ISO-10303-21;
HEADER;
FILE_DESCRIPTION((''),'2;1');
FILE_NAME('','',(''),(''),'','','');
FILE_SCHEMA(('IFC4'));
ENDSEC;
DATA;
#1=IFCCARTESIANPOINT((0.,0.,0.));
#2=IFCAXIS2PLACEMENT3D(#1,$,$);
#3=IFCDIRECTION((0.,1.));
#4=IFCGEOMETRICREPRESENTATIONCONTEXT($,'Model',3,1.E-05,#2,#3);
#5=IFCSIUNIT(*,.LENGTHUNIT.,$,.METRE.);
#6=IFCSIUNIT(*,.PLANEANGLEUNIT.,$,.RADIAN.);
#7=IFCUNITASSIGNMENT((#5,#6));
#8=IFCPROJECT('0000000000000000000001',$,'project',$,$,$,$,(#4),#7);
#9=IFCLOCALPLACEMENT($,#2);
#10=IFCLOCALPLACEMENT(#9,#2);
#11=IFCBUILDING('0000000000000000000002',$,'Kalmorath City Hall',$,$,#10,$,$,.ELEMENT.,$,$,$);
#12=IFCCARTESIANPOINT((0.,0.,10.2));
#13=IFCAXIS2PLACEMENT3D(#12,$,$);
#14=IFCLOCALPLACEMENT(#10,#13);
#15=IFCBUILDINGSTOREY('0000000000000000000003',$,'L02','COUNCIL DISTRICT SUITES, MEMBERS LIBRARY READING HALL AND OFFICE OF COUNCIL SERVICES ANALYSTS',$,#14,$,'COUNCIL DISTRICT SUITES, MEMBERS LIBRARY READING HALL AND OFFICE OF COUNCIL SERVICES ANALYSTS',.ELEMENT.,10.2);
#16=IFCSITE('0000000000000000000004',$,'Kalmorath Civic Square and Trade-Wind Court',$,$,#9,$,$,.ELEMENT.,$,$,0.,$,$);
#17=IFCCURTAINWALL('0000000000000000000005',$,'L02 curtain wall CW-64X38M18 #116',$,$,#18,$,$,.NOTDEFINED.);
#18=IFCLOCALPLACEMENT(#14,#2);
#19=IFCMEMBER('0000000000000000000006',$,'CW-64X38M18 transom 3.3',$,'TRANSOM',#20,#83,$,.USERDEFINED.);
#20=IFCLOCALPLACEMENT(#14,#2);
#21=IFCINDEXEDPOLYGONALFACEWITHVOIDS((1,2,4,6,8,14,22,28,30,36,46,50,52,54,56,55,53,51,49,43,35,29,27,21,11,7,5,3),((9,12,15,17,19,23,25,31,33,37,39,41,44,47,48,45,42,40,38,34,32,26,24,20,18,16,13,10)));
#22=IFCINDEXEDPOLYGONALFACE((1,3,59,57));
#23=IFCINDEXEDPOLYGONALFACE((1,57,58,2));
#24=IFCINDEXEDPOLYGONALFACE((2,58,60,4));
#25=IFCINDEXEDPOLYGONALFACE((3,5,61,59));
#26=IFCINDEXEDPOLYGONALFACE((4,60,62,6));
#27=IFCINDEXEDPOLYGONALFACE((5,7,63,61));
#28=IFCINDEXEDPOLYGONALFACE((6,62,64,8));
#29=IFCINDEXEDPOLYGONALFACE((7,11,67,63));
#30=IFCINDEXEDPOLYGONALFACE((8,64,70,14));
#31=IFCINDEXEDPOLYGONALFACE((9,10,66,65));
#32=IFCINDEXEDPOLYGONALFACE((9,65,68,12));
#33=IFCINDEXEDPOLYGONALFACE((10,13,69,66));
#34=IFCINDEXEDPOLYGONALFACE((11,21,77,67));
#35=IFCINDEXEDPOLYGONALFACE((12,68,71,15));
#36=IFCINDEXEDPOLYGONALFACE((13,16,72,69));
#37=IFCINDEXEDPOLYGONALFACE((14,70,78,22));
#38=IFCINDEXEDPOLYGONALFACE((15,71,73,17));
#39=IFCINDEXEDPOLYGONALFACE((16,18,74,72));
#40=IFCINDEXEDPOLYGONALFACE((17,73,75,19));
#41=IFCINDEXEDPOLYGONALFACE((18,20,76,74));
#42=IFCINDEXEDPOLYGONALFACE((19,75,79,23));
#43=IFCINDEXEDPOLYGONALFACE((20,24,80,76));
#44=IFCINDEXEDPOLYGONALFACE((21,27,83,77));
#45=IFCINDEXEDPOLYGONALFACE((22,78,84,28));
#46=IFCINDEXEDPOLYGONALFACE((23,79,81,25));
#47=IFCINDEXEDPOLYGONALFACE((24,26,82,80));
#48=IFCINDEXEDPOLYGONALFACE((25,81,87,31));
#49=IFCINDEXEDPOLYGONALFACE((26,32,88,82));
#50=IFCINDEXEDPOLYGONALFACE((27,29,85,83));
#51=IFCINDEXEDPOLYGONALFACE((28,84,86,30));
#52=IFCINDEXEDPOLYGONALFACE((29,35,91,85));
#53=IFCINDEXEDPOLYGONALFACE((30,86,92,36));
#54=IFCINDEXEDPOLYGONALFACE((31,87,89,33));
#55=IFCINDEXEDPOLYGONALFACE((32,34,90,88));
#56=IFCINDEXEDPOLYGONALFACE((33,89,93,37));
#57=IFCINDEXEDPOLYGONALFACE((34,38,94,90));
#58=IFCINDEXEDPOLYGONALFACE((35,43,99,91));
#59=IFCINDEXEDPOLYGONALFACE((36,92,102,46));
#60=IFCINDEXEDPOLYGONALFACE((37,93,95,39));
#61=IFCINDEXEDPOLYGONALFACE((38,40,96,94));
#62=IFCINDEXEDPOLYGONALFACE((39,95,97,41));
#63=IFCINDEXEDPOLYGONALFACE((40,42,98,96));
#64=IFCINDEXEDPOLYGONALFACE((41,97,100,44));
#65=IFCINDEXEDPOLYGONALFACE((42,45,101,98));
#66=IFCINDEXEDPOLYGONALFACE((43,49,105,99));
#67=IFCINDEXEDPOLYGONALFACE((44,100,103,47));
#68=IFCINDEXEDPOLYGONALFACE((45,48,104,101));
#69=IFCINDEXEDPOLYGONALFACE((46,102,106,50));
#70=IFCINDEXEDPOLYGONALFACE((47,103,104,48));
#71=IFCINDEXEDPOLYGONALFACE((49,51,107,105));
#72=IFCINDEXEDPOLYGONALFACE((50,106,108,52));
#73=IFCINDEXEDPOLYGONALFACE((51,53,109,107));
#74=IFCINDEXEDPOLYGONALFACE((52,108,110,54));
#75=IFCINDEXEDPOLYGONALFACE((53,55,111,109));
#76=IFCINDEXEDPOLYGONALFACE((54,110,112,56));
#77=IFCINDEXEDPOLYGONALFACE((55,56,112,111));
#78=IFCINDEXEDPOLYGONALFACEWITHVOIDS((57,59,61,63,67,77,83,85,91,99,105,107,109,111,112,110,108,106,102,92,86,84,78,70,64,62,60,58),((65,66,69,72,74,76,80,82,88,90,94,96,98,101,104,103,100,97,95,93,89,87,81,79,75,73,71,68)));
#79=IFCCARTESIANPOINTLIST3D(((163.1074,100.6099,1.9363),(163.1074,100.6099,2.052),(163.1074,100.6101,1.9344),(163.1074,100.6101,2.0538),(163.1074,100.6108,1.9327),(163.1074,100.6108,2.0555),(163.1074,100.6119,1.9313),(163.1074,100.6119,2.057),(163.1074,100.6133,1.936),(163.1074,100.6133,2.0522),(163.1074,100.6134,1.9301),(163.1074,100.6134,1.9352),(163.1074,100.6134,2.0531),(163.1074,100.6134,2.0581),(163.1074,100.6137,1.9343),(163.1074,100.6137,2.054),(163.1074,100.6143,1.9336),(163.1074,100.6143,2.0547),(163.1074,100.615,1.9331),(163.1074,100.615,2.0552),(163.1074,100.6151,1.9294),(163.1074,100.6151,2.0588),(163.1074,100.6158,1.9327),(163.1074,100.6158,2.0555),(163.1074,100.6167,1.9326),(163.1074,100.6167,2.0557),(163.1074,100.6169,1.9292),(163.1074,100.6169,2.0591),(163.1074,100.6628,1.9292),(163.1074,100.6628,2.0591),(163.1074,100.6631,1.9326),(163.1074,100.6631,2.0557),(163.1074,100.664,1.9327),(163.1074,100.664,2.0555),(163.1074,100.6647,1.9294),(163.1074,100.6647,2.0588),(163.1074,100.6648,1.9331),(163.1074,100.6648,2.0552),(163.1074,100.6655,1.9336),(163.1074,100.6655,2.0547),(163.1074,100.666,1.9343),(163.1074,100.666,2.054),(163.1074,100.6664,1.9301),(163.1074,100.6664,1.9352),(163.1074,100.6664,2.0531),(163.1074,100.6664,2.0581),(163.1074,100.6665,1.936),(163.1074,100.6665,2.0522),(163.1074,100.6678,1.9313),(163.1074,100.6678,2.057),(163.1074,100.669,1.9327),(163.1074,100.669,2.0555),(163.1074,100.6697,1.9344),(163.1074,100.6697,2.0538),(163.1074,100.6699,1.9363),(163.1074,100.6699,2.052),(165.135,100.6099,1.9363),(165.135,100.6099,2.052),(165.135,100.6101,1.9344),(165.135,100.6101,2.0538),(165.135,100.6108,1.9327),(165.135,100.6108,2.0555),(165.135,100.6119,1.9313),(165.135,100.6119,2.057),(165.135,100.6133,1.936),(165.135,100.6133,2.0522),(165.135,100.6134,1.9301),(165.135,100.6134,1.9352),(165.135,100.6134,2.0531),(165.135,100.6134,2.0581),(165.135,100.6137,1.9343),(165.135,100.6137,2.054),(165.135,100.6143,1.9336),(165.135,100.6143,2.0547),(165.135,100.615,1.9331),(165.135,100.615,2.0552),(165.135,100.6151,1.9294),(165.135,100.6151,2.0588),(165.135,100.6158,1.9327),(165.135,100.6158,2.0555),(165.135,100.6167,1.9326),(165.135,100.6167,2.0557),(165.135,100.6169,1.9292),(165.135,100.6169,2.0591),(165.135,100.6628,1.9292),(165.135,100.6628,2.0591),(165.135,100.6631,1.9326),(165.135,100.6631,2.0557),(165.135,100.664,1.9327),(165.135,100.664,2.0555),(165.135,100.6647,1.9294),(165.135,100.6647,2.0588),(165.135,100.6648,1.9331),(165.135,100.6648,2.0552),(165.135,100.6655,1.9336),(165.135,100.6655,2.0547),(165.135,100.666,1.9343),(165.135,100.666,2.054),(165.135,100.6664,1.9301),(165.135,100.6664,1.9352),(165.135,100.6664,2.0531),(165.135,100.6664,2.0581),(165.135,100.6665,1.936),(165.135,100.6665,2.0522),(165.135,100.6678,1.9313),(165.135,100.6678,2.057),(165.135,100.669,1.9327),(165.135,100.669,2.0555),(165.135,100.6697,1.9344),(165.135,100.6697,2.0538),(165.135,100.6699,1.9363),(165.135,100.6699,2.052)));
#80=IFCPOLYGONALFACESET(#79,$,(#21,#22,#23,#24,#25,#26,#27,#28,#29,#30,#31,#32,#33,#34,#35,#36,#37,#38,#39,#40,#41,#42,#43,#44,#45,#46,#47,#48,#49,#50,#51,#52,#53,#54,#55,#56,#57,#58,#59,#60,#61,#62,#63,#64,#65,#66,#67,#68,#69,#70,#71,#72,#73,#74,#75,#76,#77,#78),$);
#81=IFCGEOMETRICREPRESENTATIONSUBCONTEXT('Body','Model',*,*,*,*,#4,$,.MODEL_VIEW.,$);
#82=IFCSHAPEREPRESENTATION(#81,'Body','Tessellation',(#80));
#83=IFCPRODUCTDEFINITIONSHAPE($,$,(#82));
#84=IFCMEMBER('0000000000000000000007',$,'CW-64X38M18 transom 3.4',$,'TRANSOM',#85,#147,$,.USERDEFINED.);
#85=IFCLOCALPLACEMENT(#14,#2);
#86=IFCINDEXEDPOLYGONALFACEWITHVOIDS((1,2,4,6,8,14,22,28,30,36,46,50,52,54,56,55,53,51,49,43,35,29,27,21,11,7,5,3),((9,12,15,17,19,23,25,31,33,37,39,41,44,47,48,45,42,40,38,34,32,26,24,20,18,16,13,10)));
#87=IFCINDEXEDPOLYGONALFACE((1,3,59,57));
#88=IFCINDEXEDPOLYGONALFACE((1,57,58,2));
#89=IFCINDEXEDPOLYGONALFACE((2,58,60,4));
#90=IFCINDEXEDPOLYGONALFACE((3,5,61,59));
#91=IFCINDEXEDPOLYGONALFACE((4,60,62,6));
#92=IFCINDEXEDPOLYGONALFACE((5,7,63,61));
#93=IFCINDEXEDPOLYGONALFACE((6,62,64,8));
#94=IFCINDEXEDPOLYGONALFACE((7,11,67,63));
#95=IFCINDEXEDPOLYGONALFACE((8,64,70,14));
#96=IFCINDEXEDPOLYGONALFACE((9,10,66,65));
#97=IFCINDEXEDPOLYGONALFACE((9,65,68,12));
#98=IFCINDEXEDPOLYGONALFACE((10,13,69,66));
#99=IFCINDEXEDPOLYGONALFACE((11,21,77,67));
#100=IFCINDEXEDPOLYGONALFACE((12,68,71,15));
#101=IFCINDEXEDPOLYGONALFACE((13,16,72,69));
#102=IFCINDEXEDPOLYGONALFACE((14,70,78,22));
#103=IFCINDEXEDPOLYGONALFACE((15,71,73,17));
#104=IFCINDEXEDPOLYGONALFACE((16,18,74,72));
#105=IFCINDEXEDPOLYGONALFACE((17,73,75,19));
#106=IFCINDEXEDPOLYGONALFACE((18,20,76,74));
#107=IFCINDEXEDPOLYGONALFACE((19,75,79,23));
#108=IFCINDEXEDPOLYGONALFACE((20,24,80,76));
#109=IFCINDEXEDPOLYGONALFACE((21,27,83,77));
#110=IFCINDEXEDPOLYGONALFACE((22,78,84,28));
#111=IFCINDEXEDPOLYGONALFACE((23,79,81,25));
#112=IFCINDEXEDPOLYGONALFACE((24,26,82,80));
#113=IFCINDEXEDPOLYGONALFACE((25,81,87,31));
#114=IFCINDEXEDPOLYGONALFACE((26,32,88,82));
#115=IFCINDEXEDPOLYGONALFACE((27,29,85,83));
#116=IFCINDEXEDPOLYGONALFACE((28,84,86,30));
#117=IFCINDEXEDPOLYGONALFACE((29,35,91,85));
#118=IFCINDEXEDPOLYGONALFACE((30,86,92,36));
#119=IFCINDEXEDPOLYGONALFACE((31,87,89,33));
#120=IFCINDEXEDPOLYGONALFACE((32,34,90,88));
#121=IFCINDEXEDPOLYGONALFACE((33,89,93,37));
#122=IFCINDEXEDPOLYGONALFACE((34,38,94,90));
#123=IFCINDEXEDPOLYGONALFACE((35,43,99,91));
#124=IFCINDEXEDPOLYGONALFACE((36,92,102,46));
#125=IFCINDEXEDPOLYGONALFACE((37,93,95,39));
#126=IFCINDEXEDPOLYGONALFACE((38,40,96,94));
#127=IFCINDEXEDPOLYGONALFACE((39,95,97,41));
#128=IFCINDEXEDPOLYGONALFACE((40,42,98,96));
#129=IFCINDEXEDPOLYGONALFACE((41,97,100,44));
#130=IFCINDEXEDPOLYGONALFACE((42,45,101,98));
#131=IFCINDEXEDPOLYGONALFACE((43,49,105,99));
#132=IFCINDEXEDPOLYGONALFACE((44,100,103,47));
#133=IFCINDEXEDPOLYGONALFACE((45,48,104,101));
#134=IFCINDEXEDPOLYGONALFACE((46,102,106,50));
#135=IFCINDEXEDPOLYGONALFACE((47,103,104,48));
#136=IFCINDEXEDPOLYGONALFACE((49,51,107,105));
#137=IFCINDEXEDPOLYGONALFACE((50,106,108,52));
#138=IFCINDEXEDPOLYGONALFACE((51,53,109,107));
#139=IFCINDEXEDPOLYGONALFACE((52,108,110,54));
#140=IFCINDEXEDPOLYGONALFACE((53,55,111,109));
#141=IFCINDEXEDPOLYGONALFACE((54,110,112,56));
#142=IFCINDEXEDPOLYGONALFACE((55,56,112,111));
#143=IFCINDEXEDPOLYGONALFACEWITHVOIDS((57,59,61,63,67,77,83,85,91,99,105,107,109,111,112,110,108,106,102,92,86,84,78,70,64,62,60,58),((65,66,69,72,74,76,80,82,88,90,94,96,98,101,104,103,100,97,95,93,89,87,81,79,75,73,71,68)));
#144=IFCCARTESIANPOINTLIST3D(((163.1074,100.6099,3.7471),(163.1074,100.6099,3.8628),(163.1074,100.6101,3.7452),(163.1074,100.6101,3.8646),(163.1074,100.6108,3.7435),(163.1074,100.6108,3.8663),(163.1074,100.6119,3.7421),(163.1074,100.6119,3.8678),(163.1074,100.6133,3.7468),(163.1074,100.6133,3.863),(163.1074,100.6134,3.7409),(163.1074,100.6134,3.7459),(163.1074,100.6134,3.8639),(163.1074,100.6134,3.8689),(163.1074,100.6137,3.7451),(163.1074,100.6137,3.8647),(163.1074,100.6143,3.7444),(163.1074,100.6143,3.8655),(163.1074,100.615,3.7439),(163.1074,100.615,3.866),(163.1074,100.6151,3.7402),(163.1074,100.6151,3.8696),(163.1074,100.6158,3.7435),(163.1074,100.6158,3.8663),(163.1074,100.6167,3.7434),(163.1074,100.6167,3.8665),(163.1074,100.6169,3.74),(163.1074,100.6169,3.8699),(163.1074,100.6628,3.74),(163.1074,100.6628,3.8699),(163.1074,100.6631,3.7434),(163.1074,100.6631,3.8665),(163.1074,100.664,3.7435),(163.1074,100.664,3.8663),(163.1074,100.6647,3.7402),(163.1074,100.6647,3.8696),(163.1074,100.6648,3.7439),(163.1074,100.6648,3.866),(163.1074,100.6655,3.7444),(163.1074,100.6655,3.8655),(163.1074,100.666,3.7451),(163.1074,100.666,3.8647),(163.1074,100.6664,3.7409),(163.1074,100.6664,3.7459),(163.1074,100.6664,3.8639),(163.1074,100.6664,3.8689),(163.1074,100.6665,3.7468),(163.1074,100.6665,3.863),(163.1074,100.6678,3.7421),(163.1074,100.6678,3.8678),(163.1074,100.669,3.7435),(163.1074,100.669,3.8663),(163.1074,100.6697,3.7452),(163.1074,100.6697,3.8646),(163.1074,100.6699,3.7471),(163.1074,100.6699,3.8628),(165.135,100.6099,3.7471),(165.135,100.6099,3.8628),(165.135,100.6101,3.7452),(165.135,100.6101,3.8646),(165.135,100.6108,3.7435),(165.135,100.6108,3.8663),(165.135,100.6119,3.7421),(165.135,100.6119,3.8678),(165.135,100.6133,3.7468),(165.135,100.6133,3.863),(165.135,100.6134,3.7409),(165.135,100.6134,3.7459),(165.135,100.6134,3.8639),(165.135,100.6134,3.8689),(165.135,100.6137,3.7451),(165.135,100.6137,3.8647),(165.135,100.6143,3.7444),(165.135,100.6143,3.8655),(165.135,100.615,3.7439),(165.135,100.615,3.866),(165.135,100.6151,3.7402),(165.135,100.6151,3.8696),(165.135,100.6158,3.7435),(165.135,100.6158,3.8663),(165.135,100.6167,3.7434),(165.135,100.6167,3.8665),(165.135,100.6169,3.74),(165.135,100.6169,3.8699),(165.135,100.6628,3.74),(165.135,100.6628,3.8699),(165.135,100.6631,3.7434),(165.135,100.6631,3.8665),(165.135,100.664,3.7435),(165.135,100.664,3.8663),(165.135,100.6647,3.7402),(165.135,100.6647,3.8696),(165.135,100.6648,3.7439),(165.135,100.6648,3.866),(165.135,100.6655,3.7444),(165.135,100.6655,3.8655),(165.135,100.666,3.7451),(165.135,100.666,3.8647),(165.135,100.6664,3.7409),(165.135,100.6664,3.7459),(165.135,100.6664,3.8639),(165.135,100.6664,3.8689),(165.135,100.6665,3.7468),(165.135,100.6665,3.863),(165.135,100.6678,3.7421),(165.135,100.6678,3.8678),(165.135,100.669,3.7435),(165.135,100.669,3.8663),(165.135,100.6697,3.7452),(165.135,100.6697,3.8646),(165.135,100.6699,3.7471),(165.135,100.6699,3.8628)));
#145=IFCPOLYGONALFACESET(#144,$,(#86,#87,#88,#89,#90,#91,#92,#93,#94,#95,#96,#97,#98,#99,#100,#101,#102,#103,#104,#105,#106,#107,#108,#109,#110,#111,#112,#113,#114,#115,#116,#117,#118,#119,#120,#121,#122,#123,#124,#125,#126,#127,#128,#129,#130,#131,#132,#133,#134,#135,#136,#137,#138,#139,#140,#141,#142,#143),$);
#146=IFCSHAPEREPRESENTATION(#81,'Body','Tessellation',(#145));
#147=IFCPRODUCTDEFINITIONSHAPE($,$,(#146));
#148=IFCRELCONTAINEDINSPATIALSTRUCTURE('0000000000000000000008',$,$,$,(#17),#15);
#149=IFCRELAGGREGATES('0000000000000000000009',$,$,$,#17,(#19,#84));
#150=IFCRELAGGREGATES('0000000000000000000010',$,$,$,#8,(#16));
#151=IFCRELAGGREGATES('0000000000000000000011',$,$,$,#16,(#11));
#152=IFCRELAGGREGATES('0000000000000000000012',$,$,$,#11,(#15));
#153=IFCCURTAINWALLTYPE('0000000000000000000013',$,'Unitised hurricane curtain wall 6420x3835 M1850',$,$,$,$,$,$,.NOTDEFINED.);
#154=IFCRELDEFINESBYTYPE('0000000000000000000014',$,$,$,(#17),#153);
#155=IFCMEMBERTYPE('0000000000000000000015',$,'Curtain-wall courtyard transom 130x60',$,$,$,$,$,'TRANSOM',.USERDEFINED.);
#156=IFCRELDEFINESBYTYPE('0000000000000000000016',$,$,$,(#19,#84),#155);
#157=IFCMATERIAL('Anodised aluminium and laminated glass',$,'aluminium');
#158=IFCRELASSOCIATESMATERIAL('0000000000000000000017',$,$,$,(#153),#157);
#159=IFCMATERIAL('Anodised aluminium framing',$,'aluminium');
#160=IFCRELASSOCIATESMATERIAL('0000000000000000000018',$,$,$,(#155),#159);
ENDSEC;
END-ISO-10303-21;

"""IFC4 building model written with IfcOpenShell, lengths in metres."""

from ifc_helpers import new_model, si_unit, direction, frame, origin, origin_2d, place, context, subcontext, project, spatial, hollow_rectangle, extrude, material, material_profile, profile_set, type_object, element, aggregate, save


model = new_model("IFC4")

# Units and contexts
model_context = context("Model", 3, precision=1e-05, world=origin(), true_north=direction((0.0, 1.0)))
body_context = subcontext(model_context, "Body", "Model", "MODEL_VIEW")
ifc_project = project(units=[si_unit("LENGTHUNIT", "METRE"), si_unit("PLANEANGLEUNIT", "RADIAN")], contexts=[model_context])

# Site, building, storey
site_placement = place(None, origin())
site = spatial("IfcSite", under=ifc_project, at=site_placement, Name="Kalmorath Civic Square and Trade-Wind Court", CompositionType="ELEMENT", RefElevation=0.0)
building_placement = place(site_placement, origin())
building = spatial("IfcBuilding", under=site, at=building_placement, Name="Kalmorath City Hall", CompositionType="ELEMENT")
storey_placement = place(building_placement, frame((0.0, 0.0, 10.2)))
storey = spatial("IfcBuildingStorey", under=building, at=storey_placement, Name="L02", Description="COUNCIL DISTRICT SUITES, MEMBERS LIBRARY READING HALL AND OFFICE OF COUNCIL SERVICES ANALYSTS", LongName="COUNCIL DISTRICT SUITES, MEMBERS LIBRARY READING HALL AND OFFICE OF COUNCIL SERVICES ANALYSTS", CompositionType="ELEMENT", Elevation=10.2)

# Curtain wall, members
ifc_material_1 = material(Name="Anodised aluminium and laminated glass", Category="aluminium")
curtain_wall_type = type_object("IfcCurtainWallType", Name="Unitised hurricane curtain wall 6420x3835 M1850", PredefinedType="NOTDEFINED", material=ifc_material_1)
curtain_wall_1_placement = place(storey_placement, origin())
curtain_wall_1 = element("IfcCurtainWall", 1, at=curtain_wall_1_placement, inside=storey, type_object=curtain_wall_type, Name="L02 curtain wall CW-64X38M18 #116", PredefinedType="NOTDEFINED")
ifc_material_2 = material(Name="Anodised aluminium framing", Category="aluminium")
ifc_material_profile_1 = material_profile(ifc_material_2, hollow_rectangle(XDim=0.0601, YDim=0.1299, WallThickness=0.0034, InnerFilletRadius=0.0034, OuterFilletRadius=0.0071, at=origin_2d()), Name="ALU-TRN-130X60X3.5")
ifc_profile_set_1 = profile_set([ifc_material_profile_1], Name="Anodised aluminium framing")
member_type_1 = type_object("IfcMemberType", Name="Curtain-wall courtyard transom 130x60", ElementType="TRANSOM", PredefinedType="USERDEFINED", material=ifc_profile_set_1)
member_1_placement = place(storey_placement, frame((163.1074, 100.6399, 1.9941), z_axis=(1.0, 0.0, 0.0), x_axis=(0.0, 1.0, 0.0)))
member_1 = element("IfcMember", 2, at=member_1_placement, type_object=member_type_1, Name="CW-64X38M18 transom 3.3", ObjectType="TRANSOM", PredefinedType="USERDEFINED", context=body_context, shape_type="SweptSolid", body=[
    extrude(hollow_rectangle(XDim=0.0601, YDim=0.1299, WallThickness=0.0034, InnerFilletRadius=0.0034, OuterFilletRadius=0.0071, at=origin_2d()), origin(), (0.0, 0.0, 1.0), 2.0276),
])
member_2_placement = place(storey_placement, frame((163.1074, 100.6399, 3.8049), z_axis=(1.0, 0.0, 0.0), x_axis=(0.0, 1.0, 0.0)))
member_2 = element("IfcMember", 3, at=member_2_placement, type_object=member_type_1, Name="CW-64X38M18 transom 3.4", ObjectType="TRANSOM", PredefinedType="USERDEFINED", context=body_context, shape_type="SweptSolid", body=[
    extrude(hollow_rectangle(XDim=0.0601, YDim=0.1299, WallThickness=0.0034, InnerFilletRadius=0.0034, OuterFilletRadius=0.0071, at=origin_2d()), origin(), (0.0, 0.0, 1.0), 2.0276),
])

aggregate(curtain_wall_1, [member_1, member_2])

save(model, "model.ifc")
